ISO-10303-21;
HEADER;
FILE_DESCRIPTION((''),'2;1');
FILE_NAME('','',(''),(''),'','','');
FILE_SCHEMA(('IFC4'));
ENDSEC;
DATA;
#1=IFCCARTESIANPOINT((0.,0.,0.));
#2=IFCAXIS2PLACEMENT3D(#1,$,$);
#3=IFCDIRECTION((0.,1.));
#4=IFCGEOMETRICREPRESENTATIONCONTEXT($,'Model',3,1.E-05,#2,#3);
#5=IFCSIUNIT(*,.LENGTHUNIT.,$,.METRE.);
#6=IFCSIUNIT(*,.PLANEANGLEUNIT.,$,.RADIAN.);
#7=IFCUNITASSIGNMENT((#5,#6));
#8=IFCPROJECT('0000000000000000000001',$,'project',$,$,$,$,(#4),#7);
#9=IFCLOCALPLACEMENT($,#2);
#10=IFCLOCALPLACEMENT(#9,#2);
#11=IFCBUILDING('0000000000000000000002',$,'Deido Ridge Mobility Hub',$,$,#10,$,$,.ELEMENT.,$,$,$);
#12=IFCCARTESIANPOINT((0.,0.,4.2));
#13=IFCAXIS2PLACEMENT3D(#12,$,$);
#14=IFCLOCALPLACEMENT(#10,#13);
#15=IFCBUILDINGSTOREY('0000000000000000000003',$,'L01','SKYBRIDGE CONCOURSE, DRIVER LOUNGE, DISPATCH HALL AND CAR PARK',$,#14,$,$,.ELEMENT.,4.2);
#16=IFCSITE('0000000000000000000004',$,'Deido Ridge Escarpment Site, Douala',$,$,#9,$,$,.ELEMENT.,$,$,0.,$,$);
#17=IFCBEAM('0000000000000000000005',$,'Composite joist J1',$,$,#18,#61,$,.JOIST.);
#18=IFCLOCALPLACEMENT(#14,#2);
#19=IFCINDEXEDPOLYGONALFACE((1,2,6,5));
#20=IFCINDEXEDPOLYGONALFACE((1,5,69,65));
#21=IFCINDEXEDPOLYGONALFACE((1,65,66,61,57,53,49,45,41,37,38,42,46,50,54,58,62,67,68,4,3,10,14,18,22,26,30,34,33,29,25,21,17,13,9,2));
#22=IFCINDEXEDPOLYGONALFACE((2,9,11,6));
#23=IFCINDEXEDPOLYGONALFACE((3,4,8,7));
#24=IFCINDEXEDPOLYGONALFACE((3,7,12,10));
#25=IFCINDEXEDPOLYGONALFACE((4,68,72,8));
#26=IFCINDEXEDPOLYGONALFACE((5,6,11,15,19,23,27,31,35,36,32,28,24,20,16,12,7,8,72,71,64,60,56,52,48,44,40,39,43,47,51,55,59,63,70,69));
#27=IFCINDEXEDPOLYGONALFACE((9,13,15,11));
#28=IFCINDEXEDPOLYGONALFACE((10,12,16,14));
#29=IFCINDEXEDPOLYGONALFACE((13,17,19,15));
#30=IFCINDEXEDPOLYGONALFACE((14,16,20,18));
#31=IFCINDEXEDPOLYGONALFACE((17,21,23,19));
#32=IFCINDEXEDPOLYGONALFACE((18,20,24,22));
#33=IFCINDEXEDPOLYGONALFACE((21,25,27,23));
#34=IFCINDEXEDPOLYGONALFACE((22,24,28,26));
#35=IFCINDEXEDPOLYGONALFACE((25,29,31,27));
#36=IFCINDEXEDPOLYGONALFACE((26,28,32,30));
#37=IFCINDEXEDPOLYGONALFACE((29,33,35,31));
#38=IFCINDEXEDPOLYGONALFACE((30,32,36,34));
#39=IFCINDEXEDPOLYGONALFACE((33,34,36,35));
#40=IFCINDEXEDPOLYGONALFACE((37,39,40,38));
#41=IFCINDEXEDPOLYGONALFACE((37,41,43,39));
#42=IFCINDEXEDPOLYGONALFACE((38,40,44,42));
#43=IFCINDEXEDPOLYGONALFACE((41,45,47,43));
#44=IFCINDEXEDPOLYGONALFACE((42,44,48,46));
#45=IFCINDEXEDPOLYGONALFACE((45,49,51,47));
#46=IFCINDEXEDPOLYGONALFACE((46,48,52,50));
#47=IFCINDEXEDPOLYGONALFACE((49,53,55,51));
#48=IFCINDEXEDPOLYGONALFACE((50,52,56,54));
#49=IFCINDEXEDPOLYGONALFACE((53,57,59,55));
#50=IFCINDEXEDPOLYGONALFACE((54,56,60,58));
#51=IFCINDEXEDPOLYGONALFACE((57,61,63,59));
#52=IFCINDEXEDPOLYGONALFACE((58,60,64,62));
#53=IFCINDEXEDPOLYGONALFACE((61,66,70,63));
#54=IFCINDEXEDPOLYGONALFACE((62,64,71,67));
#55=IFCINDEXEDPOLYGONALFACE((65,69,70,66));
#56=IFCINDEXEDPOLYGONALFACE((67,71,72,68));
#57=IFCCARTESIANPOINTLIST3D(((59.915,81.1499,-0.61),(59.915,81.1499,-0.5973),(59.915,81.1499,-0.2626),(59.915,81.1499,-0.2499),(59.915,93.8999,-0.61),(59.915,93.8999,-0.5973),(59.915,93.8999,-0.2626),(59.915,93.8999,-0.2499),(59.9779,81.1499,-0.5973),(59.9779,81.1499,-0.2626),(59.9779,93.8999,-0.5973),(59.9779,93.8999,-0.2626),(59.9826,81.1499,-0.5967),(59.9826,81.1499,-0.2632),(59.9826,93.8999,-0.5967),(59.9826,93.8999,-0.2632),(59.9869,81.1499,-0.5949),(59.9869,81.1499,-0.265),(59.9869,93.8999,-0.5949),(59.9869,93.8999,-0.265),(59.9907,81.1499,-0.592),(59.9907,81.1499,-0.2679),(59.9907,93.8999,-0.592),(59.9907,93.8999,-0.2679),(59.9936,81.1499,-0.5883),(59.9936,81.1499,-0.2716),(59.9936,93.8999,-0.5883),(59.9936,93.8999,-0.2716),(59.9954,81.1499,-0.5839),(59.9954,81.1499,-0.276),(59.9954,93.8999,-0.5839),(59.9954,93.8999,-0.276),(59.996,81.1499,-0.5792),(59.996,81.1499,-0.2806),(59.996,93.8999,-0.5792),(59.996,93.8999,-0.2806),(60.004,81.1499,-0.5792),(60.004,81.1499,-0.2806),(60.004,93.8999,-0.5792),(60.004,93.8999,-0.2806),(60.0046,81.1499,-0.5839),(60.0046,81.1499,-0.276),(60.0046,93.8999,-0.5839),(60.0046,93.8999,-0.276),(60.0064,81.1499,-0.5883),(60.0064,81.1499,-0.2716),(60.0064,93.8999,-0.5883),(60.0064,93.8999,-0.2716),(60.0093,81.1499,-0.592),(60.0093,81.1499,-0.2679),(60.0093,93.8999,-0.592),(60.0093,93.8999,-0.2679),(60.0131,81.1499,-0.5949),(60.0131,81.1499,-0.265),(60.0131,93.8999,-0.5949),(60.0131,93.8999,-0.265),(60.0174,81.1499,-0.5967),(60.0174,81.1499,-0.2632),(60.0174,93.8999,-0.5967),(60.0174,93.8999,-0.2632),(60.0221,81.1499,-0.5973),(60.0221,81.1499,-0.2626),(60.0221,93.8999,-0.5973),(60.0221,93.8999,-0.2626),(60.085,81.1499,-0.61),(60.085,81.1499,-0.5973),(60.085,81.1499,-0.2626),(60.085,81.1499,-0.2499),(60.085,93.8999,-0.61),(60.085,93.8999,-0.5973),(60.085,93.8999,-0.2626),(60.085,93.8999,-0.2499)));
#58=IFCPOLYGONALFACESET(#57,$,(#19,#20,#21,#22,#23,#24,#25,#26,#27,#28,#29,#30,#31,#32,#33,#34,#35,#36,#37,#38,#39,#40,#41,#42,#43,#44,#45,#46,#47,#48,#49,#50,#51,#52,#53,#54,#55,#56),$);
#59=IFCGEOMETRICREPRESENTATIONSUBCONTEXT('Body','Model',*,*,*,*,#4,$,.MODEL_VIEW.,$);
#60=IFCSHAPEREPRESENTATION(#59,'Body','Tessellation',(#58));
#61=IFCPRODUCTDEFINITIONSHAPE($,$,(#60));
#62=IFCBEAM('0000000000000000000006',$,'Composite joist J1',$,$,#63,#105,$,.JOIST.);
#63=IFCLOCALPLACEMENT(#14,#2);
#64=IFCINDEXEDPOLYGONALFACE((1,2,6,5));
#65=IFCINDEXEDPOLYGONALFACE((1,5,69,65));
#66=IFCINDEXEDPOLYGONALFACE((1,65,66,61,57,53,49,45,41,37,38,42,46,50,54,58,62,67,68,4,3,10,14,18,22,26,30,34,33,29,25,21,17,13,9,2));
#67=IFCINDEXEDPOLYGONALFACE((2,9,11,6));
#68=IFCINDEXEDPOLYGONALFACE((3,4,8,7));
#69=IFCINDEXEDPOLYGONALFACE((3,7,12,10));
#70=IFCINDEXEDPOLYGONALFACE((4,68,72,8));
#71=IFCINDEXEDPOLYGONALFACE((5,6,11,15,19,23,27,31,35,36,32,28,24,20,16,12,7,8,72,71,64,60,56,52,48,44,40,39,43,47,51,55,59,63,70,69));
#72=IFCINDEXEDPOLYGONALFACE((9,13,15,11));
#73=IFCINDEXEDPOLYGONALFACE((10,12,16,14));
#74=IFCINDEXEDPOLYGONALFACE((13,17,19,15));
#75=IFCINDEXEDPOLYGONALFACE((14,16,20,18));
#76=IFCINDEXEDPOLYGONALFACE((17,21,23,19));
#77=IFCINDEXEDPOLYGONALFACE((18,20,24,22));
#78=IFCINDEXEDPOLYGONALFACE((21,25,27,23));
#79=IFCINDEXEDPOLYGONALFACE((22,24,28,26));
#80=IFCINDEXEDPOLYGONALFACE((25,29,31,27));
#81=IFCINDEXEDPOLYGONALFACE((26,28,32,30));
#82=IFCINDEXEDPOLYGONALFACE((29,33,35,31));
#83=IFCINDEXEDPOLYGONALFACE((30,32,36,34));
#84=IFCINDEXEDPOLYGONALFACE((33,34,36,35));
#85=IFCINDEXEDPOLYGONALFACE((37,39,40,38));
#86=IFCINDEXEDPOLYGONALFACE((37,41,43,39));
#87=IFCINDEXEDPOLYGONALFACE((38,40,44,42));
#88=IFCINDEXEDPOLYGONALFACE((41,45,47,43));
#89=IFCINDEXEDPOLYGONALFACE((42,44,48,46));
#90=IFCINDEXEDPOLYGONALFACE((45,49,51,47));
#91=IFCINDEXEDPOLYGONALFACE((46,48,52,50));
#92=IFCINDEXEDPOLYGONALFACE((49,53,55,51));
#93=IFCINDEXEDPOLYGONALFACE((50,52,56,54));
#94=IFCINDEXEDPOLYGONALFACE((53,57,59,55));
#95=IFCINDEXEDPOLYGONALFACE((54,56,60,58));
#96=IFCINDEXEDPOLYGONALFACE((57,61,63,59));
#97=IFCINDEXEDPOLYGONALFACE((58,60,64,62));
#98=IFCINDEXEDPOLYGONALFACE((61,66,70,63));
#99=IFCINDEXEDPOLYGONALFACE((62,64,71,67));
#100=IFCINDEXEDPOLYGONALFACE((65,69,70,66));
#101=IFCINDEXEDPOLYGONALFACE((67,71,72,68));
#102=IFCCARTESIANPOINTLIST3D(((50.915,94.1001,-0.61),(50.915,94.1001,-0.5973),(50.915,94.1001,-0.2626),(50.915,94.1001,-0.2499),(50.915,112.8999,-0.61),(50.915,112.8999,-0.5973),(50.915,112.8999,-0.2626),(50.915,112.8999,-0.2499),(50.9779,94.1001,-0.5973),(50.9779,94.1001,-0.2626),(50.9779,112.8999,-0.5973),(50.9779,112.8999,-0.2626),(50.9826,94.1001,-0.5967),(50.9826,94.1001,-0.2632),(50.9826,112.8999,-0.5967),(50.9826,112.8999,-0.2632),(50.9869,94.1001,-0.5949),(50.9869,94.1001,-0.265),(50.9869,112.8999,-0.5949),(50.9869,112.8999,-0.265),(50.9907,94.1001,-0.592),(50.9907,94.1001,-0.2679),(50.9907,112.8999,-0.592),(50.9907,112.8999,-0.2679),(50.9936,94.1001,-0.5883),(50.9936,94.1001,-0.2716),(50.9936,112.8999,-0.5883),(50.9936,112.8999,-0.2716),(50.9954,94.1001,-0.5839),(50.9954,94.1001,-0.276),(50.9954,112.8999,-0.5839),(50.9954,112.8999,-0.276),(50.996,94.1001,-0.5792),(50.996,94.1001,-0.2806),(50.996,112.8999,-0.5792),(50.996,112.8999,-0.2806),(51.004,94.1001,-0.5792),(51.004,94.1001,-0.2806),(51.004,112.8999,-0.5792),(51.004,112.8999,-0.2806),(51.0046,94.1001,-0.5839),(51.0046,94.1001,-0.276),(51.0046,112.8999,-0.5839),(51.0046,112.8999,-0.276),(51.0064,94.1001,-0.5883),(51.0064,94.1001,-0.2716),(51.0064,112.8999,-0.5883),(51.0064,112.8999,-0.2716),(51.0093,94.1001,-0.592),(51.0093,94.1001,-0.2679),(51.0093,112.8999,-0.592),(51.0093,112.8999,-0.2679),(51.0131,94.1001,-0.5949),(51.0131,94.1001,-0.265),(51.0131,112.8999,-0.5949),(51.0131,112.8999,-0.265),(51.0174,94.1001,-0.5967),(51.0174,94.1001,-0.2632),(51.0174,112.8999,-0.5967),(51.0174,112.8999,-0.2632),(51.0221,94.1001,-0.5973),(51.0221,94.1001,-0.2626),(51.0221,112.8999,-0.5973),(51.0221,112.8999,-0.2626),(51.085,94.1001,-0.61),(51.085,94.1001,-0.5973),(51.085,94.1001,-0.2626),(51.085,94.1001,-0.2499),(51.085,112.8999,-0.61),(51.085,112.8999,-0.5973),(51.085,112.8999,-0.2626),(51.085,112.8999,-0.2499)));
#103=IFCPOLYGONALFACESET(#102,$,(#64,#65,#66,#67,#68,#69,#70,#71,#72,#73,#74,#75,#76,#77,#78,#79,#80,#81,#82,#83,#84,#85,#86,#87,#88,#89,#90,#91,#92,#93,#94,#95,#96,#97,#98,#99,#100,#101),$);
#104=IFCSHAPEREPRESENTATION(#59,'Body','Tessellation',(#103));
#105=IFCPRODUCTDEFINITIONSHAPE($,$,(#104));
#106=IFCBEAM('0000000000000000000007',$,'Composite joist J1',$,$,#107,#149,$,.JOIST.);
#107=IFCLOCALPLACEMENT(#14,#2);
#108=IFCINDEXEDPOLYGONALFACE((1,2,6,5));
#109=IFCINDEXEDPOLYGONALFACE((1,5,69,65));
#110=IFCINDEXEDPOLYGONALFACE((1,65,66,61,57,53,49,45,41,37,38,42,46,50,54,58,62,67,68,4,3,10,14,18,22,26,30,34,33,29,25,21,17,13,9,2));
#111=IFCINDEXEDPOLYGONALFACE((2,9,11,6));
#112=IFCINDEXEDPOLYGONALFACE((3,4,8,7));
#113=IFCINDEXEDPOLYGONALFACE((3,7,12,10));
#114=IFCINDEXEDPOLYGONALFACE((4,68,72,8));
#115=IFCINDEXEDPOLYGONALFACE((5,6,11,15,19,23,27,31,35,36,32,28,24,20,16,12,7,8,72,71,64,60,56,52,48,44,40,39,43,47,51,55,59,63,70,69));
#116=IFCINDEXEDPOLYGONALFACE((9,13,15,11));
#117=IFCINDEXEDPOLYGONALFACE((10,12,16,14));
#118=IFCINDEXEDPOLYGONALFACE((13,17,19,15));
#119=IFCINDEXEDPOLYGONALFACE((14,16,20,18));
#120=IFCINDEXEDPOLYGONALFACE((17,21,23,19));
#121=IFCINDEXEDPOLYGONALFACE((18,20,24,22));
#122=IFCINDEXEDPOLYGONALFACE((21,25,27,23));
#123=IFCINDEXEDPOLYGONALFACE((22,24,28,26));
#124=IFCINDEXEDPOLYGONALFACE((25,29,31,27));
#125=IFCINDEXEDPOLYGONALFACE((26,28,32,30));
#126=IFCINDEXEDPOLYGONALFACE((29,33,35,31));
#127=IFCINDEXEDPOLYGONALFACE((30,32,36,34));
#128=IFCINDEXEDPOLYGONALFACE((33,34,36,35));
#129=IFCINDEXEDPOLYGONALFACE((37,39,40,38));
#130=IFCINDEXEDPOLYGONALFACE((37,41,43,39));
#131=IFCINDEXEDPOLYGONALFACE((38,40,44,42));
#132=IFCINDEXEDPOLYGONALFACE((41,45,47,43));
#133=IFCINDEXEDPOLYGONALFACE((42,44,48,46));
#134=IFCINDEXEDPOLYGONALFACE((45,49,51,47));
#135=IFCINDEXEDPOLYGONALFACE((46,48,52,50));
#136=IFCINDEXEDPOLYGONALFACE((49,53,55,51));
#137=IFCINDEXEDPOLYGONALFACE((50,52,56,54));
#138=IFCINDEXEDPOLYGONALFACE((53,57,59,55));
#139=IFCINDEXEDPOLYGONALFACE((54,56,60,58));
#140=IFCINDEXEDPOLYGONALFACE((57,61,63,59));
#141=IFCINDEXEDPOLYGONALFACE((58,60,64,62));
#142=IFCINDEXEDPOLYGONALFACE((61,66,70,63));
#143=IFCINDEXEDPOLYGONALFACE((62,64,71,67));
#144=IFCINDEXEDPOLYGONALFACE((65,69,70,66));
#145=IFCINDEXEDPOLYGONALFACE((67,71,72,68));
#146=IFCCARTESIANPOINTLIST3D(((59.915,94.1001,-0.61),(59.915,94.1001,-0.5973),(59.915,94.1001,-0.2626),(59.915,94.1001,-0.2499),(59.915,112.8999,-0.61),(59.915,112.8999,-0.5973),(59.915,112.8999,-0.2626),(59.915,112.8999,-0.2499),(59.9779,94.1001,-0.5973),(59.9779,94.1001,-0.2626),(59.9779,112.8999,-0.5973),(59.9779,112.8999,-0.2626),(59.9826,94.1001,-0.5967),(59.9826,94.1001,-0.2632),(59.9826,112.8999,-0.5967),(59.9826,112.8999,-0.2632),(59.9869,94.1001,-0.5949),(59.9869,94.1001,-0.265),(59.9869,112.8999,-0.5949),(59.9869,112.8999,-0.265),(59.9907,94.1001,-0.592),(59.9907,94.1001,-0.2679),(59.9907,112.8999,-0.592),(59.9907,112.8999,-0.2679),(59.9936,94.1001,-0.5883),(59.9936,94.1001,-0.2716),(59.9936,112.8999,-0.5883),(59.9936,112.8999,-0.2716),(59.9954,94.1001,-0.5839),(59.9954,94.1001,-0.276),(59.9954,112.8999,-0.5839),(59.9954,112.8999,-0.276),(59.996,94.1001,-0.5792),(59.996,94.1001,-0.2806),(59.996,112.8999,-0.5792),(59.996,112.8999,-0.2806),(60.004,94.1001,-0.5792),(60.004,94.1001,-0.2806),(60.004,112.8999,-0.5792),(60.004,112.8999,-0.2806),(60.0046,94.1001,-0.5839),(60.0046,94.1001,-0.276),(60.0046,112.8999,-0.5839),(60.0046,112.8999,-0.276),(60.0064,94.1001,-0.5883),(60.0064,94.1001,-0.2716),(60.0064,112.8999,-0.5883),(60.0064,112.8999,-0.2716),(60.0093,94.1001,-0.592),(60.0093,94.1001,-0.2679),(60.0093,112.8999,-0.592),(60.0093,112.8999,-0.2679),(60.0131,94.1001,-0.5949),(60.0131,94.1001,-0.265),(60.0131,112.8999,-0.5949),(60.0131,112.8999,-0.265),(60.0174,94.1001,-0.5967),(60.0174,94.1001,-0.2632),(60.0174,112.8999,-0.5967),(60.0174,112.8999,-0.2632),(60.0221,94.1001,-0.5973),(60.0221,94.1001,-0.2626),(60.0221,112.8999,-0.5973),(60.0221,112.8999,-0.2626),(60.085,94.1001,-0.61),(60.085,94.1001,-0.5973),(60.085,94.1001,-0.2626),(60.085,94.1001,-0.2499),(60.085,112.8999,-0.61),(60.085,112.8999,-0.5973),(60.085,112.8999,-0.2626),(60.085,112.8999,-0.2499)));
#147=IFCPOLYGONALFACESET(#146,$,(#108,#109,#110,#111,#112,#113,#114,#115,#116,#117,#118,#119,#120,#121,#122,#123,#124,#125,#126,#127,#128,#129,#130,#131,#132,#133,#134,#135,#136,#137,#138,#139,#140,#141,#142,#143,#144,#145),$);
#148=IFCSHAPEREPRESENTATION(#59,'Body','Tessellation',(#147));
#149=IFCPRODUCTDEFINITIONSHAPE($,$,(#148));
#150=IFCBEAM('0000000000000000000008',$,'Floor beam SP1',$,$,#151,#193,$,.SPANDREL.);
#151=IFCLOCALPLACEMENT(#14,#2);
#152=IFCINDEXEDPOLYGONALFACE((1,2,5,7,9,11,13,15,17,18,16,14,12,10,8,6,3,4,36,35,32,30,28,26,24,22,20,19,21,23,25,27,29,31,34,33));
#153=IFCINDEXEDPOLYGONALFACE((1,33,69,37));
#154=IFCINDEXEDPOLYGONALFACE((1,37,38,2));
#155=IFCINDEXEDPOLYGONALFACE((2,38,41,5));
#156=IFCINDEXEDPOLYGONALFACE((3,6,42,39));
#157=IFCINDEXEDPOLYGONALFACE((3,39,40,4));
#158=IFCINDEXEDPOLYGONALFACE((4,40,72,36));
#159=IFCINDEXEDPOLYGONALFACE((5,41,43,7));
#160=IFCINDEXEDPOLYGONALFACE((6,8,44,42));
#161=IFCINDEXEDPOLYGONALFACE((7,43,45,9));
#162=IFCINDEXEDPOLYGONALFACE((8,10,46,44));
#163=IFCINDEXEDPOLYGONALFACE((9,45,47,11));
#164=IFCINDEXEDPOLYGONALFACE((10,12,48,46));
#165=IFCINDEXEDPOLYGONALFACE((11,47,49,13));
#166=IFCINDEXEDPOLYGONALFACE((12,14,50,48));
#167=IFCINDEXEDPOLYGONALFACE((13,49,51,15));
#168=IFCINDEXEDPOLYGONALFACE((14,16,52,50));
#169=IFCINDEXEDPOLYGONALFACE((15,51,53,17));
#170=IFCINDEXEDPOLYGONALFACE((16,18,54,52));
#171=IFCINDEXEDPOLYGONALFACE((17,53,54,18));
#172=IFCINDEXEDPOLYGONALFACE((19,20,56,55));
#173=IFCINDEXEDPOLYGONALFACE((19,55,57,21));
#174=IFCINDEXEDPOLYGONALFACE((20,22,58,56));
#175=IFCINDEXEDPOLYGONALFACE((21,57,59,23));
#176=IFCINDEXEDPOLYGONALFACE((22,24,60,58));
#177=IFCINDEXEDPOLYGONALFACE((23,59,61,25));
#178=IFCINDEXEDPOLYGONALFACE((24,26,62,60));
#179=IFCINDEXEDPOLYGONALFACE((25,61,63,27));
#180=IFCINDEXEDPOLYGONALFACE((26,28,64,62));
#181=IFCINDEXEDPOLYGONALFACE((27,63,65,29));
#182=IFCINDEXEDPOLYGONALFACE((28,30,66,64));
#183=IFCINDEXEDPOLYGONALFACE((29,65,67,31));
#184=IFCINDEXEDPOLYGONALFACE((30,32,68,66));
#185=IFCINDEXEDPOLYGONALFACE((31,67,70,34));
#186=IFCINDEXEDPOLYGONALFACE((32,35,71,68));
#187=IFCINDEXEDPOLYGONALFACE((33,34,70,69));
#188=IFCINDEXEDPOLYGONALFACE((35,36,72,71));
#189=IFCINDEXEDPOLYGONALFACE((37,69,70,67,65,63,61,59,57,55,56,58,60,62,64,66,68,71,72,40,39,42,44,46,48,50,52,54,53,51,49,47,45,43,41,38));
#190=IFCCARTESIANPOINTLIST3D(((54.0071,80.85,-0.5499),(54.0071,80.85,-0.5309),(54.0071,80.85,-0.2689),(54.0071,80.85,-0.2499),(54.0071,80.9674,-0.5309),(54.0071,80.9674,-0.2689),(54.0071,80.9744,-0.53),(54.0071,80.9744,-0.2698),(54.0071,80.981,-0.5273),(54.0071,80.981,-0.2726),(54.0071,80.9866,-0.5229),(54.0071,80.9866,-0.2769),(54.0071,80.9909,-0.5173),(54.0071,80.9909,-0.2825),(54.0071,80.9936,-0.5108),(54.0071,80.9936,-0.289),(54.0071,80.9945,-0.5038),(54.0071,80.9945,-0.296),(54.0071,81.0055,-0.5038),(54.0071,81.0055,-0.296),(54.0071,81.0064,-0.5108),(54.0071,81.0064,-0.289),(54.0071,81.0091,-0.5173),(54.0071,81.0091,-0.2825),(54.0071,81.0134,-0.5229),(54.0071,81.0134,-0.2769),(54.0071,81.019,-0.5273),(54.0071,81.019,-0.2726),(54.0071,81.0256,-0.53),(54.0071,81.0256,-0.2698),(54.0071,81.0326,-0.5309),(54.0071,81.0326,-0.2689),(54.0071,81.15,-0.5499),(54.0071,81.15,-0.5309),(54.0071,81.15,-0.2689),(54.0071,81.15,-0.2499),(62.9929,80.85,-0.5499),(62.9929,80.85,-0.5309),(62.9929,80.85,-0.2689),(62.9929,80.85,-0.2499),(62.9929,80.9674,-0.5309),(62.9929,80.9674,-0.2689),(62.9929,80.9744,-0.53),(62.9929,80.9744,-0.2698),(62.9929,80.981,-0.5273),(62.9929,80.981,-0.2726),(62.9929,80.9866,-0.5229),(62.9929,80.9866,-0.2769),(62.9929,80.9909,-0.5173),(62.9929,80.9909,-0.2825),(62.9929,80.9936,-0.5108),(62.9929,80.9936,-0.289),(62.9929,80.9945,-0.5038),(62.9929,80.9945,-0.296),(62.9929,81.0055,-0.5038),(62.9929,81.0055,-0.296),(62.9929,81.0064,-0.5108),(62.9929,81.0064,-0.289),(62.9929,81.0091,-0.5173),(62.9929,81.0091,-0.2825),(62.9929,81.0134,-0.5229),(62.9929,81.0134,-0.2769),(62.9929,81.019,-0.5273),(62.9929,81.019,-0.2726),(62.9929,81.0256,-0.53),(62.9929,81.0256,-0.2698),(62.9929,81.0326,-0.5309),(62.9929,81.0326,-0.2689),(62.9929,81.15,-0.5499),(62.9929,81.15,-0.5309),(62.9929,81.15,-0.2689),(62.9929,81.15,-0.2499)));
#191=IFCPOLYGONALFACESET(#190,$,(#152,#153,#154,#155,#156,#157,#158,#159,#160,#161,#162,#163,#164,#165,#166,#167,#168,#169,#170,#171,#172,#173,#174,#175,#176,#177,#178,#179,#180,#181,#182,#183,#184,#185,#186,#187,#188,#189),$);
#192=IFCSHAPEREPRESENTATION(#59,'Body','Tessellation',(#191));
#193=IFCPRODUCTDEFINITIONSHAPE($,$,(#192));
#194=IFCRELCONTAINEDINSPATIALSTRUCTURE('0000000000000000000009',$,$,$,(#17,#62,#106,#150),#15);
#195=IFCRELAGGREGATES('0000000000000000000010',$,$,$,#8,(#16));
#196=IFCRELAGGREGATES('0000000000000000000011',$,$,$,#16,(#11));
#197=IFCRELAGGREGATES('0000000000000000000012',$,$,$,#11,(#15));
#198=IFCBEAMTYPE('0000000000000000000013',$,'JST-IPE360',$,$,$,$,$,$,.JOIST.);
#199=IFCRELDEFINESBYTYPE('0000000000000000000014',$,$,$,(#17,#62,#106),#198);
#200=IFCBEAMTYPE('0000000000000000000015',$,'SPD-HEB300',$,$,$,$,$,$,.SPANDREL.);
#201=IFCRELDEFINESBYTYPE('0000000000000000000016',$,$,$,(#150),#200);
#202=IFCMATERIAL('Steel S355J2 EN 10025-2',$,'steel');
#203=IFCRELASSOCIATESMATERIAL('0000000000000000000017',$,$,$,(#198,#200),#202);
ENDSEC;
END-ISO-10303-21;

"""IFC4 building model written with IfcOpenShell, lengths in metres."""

from ifc_helpers import new_model, si_unit, direction, frame, origin, origin_2d, place, context, subcontext, project, spatial, i_section, extrude, material, material_profile, profile_set, type_object, element, save


model = new_model("IFC4")

# Units and contexts
model_context = context("Model", 3, precision=1e-05, world=origin(), true_north=direction((0.0, 1.0)))
body_context = subcontext(model_context, "Body", "Model", "MODEL_VIEW")
ifc_project = project(units=[si_unit("LENGTHUNIT", "METRE"), si_unit("PLANEANGLEUNIT", "RADIAN")], contexts=[model_context])

# Site, building, storey
site_placement = place(None, origin())
site = spatial("IfcSite", under=ifc_project, at=site_placement, Name="Deido Ridge Escarpment Site, Douala", CompositionType="ELEMENT", RefElevation=0.0)
building_placement = place(site_placement, origin())
building = spatial("IfcBuilding", under=site, at=building_placement, Name="Deido Ridge Mobility Hub", CompositionType="ELEMENT")
storey_placement = place(building_placement, frame((0.0, 0.0, 4.2)))
storey = spatial("IfcBuildingStorey", under=building, at=storey_placement, Name="L01", Description="SKYBRIDGE CONCOURSE, DRIVER LOUNGE, DISPATCH HALL AND CAR PARK", CompositionType="ELEMENT", Elevation=4.2)

# Shared definitions
ifc_material_1 = material(Name="Steel S355J2 EN 10025-2", Category="steel")

# Beams
ifc_material_profile_1 = material_profile(ifc_material_1, i_section(OverallWidth=0.1699, OverallDepth=0.3601, WebThickness=0.0081, FlangeThickness=0.0127, FilletRadius=0.0181, at=origin_2d()), Name="IPE 360")
ifc_profile_set_1 = profile_set([ifc_material_profile_1], Name="Steel S355J2 EN 10025-2")
beam_type_1 = type_object("IfcBeamType", Name="JST-IPE360", PredefinedType="JOIST", material=ifc_profile_set_1)
beam_1_placement = place(storey_placement, frame((60.0, 81.1499, -0.4299), z_axis=(0.0, 1.0, 0.0), x_axis=(-1.0, 0.0, 0.0)))
element("IfcBeam", 1, at=beam_1_placement, inside=storey, type_object=beam_type_1, Name="Composite joist J1", PredefinedType="JOIST", context=body_context, shape_type="SweptSolid", body=[
    extrude(i_section(OverallWidth=0.1699, OverallDepth=0.3601, WebThickness=0.0081, FlangeThickness=0.0127, FilletRadius=0.0181, at=origin_2d()), origin(), (0.0, 0.0, 1.0), 12.75),
])
for number, where, z_axis, x_axis, name in (
    (2, (51.0, 94.1001, -0.4299), (0.0, 1.0, 0.0), (-1.0, 0.0, 0.0), "Composite joist J1"),
    (3, (60.0, 94.1001, -0.4299), (0.0, 1.0, 0.0), (-1.0, 0.0, 0.0), "Composite joist J1"),
):
    element("IfcBeam", number, at=place(storey_placement, frame(where, z_axis=z_axis, x_axis=x_axis)), inside=storey, type_object=beam_type_1, Name=name, PredefinedType="JOIST", context=body_context, shape_type="SweptSolid", body=[
        extrude(i_section(OverallWidth=0.1699, OverallDepth=0.3601, WebThickness=0.0081, FlangeThickness=0.0127, FilletRadius=0.0181, at=origin_2d()), origin(), (0.0, 0.0, 1.0), 18.7998),
    ])
ifc_material_profile_2 = material_profile(ifc_material_1, i_section(OverallWidth=0.3, OverallDepth=0.3, WebThickness=0.011, FlangeThickness=0.019, FilletRadius=0.0271, at=origin_2d()), Name="HEB 300")
ifc_profile_set_2 = profile_set([ifc_material_profile_2], Name="Steel S355J2 EN 10025-2")
beam_type_2 = type_object("IfcBeamType", Name="SPD-HEB300", PredefinedType="SPANDREL", material=ifc_profile_set_2)
for number, where, z_axis, x_axis, name in (
    (4, (54.0071, 81.0, -0.3999), (1.0, 0.0, 0.0), (0.0, 1.0, 0.0), "Floor beam SP1"),
):
    element("IfcBeam", number, at=place(storey_placement, frame(where, z_axis=z_axis, x_axis=x_axis)), inside=storey, type_object=beam_type_2, Name=name, PredefinedType="SPANDREL", context=body_context, shape_type="SweptSolid", body=[
        extrude(i_section(OverallWidth=0.3, OverallDepth=0.3, WebThickness=0.011, FlangeThickness=0.019, FilletRadius=0.0271, at=origin_2d()), origin(), (0.0, 0.0, 1.0), 8.9858),
    ])

save(model, "model.ifc")
